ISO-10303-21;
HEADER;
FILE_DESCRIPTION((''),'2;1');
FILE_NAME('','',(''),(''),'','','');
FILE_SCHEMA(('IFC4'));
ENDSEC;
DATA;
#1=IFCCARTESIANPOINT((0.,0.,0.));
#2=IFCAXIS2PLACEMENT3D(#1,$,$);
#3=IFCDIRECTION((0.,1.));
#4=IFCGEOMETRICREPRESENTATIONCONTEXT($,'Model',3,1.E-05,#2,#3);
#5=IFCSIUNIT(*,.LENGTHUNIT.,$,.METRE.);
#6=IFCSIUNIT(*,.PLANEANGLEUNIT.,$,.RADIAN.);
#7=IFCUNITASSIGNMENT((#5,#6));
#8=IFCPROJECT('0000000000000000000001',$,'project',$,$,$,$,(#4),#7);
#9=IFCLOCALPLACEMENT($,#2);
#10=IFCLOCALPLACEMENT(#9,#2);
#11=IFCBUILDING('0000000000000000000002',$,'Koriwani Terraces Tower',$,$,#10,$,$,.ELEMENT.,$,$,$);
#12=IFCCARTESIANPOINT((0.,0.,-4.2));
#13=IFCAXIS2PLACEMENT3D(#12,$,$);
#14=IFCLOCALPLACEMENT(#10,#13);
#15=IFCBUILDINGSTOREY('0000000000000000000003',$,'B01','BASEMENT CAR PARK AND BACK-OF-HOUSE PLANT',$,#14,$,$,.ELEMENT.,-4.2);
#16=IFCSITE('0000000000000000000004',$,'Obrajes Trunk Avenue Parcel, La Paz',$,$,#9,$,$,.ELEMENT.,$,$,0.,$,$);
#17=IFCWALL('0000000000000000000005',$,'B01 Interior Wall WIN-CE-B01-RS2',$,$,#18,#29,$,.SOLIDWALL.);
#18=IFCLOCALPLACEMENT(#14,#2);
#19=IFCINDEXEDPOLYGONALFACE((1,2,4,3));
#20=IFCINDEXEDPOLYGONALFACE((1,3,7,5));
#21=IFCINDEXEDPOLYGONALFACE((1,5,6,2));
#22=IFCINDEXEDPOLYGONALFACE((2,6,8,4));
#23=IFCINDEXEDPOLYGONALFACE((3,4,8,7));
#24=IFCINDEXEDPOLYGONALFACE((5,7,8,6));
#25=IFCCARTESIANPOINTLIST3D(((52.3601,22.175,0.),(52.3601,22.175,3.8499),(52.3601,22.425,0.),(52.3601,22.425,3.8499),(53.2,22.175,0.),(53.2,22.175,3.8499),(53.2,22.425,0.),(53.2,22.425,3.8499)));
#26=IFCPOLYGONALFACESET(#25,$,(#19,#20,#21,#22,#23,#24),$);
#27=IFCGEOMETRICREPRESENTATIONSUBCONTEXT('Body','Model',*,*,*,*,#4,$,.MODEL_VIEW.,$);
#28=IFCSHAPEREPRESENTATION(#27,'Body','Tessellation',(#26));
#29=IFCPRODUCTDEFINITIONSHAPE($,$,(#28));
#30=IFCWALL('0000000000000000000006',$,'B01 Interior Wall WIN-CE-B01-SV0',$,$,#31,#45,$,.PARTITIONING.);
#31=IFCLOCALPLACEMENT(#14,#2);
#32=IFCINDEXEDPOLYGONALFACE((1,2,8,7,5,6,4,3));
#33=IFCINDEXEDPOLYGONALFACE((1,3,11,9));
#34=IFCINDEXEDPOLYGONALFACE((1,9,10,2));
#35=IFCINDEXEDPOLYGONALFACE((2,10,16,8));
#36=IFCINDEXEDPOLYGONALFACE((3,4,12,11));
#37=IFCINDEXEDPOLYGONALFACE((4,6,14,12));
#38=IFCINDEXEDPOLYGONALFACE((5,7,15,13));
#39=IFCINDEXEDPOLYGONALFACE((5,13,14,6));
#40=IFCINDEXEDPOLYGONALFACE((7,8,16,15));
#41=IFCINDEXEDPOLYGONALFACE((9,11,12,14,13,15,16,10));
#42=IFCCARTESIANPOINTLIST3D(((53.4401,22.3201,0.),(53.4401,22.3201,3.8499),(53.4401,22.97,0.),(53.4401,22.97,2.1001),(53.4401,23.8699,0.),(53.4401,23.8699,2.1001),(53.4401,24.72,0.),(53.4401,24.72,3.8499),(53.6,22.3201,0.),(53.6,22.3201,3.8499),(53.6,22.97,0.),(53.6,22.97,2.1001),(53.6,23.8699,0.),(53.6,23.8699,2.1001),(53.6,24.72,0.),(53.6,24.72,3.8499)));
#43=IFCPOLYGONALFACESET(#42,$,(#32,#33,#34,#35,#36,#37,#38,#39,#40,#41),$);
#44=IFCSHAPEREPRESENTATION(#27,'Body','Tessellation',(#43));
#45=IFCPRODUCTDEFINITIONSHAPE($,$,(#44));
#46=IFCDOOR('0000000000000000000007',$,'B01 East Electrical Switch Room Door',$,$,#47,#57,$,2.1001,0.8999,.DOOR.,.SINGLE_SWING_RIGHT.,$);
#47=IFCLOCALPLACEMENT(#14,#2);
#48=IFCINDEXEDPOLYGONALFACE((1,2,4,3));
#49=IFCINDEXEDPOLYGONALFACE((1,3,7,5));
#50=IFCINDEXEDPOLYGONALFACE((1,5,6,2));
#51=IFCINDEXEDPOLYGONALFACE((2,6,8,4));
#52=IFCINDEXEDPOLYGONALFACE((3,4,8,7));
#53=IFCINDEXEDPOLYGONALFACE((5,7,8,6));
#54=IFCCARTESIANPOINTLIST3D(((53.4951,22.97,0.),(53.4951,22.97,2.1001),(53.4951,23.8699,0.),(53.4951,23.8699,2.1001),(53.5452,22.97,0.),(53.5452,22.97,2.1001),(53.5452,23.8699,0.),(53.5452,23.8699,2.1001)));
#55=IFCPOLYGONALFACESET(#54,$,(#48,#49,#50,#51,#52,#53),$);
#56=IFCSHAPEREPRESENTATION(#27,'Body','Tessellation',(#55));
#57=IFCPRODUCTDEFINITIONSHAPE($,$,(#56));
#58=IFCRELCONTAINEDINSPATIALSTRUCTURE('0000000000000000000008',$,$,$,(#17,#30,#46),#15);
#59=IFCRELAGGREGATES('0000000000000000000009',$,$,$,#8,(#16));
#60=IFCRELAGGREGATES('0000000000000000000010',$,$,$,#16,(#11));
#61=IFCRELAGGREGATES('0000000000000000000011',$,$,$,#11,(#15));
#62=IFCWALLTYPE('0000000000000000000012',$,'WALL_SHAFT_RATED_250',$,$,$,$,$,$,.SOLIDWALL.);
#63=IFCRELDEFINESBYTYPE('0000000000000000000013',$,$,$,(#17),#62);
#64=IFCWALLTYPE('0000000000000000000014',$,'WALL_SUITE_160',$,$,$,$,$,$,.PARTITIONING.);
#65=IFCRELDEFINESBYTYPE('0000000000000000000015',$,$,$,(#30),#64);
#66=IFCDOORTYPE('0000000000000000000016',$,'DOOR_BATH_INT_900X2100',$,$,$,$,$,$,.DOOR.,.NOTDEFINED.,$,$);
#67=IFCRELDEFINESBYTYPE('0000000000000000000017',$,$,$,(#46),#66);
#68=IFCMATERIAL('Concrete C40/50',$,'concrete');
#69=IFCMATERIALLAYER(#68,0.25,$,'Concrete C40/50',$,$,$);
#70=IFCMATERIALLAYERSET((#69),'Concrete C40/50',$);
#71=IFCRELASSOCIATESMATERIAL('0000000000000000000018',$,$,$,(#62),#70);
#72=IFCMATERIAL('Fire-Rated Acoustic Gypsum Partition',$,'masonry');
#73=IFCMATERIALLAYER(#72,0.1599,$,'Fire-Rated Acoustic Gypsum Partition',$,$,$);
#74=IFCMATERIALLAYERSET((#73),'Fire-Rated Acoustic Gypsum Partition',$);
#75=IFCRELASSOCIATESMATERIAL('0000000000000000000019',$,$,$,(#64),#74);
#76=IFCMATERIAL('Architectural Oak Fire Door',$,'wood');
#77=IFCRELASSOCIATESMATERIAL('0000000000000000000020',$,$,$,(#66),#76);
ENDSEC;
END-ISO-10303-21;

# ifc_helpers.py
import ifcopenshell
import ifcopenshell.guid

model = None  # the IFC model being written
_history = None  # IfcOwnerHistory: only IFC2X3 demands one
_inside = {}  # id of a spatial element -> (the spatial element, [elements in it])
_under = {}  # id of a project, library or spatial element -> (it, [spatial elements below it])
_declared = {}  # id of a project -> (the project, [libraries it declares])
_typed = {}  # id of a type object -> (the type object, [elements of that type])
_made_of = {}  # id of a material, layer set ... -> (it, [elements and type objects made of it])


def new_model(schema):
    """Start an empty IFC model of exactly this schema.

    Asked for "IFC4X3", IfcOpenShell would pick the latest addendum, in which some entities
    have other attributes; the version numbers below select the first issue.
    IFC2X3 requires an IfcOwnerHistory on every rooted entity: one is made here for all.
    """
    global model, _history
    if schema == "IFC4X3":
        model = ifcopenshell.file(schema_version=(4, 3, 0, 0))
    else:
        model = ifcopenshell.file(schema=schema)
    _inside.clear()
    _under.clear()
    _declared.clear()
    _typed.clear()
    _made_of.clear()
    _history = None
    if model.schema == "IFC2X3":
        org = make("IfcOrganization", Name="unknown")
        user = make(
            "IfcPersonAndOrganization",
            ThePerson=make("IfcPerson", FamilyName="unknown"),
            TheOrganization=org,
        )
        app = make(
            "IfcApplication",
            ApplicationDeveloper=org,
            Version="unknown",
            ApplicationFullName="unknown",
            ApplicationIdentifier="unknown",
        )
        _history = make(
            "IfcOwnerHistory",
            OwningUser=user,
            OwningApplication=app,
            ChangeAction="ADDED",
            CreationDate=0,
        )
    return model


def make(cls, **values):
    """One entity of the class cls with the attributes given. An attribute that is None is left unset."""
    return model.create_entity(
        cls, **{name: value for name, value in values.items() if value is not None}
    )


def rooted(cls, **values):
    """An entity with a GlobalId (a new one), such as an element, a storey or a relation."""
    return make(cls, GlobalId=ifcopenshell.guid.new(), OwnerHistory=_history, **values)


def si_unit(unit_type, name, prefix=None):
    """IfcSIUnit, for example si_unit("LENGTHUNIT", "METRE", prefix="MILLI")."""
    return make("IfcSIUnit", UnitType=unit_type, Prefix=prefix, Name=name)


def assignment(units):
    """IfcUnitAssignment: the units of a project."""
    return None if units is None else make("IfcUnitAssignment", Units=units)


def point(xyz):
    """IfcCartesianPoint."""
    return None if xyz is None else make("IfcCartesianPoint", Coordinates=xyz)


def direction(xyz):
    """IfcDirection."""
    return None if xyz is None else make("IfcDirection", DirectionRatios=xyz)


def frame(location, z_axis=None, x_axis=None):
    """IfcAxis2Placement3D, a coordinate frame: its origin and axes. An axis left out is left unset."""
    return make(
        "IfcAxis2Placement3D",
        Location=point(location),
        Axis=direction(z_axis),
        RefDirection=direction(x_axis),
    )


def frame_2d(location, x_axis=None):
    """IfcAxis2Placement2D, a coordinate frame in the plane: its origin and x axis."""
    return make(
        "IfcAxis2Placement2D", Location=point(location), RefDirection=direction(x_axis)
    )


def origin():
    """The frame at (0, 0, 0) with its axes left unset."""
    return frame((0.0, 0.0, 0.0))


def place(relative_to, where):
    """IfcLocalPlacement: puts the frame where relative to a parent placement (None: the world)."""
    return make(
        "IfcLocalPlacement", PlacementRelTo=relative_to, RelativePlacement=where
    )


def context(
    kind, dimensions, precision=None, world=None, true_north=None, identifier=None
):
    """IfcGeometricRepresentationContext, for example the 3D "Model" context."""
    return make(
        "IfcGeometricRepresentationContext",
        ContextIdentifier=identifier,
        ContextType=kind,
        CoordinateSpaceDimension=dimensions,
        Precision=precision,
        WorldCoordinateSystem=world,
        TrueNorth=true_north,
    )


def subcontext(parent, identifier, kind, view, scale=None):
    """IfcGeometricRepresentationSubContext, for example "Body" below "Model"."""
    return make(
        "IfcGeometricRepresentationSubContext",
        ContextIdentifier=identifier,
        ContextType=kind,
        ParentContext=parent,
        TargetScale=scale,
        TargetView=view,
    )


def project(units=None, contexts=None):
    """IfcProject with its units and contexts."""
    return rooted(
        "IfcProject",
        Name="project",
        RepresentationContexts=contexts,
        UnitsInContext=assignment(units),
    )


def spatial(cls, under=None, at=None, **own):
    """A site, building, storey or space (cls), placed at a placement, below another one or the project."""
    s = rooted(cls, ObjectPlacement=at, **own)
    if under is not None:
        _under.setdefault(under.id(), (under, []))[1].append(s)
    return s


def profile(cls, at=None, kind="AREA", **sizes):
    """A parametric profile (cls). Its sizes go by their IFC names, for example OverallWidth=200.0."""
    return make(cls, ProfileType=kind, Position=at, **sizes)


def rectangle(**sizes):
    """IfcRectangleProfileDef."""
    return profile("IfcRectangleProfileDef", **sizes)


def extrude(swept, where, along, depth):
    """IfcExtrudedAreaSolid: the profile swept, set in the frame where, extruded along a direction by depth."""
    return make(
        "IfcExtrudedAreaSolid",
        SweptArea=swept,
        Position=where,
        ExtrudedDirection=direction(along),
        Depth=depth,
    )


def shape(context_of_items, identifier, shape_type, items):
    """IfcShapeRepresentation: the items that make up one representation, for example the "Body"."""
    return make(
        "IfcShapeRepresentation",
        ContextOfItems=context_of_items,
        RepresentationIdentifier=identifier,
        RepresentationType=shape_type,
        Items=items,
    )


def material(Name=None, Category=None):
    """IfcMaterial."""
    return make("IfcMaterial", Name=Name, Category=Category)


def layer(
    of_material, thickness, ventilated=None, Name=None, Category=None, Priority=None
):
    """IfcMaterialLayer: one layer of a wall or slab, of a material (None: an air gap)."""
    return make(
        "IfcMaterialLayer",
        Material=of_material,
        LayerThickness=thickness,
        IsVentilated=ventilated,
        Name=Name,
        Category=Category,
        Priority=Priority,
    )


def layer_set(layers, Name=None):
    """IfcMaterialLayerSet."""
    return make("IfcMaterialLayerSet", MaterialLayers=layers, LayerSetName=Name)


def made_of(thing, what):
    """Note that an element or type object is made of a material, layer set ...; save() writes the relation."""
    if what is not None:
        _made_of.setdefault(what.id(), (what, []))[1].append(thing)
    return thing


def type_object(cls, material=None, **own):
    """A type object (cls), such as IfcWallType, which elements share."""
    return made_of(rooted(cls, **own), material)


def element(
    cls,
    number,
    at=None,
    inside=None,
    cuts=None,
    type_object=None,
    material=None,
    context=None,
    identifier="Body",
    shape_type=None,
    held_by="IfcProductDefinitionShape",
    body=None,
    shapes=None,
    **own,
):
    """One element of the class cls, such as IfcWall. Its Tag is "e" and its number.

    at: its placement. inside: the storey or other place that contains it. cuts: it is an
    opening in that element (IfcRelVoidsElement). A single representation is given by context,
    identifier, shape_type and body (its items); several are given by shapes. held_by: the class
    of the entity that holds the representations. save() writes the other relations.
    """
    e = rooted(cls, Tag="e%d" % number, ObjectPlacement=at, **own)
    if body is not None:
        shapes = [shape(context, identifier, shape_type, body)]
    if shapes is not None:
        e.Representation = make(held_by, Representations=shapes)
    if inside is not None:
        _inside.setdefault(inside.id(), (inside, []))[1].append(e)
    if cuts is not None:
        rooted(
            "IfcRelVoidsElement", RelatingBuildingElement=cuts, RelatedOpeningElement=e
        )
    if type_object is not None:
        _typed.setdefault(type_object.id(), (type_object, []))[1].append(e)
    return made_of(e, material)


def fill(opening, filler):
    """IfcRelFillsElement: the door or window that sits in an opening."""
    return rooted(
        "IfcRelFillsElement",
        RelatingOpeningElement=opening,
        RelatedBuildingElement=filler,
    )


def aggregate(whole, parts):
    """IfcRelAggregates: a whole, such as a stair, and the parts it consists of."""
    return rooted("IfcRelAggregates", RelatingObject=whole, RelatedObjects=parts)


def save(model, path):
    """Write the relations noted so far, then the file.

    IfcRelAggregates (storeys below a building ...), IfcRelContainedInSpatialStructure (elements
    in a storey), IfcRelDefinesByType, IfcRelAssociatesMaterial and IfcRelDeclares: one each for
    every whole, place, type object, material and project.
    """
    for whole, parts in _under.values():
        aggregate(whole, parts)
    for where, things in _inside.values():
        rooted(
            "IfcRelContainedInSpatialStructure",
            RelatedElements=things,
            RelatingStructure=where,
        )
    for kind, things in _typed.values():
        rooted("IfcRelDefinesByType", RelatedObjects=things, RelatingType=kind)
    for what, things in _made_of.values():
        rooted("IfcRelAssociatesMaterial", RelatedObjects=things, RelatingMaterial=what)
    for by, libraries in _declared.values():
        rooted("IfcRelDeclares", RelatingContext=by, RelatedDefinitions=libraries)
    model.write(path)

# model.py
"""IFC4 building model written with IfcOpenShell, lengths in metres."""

from ifc_helpers import new_model, si_unit, direction, frame, frame_2d, origin, place, context, subcontext, project, spatial, rectangle, extrude, material, layer, layer_set, type_object, element, fill, save


model = new_model("IFC4")

# Units and contexts
model_context = context("Model", 3, precision=1e-05, world=origin(), true_north=direction((0.0, 1.0)))
body_context = subcontext(model_context, "Body", "Model", "MODEL_VIEW")
ifc_project = project(units=[si_unit("LENGTHUNIT", "METRE"), si_unit("PLANEANGLEUNIT", "RADIAN")], contexts=[model_context])

# Site, building, storey
site_placement = place(None, origin())
site = spatial("IfcSite", under=ifc_project, at=site_placement, Name="Obrajes Trunk Avenue Parcel, La Paz", CompositionType="ELEMENT", RefElevation=0.0)
building_placement = place(site_placement, origin())
building = spatial("IfcBuilding", under=site, at=building_placement, Name="Koriwani Terraces Tower", CompositionType="ELEMENT")
storey_placement = place(building_placement, frame((0.0, 0.0, -4.2)))
storey = spatial("IfcBuildingStorey", under=building, at=storey_placement, Name="B01", Description="BASEMENT CAR PARK AND BACK-OF-HOUSE PLANT", CompositionType="ELEMENT", Elevation=-4.2)

# Shared definitions
ifc_material_1 = material(Name="Concrete C40/50", Category="concrete")
ifc_layer_1 = layer(ifc_material_1, 0.25, Name="Concrete C40/50")
ifc_layer_set_1 = layer_set([ifc_layer_1], Name="Concrete C40/50")
wall_type_1 = type_object("IfcWallType", Name="WALL_SHAFT_RATED_250", PredefinedType="SOLIDWALL", material=ifc_layer_set_1)

# Wall
wall_1_placement = place(storey_placement, frame((52.3601, 22.3, 0.0), z_axis=(0.0, 0.0, 1.0), x_axis=(1.0, 0.0, 0.0)))
element("IfcWall", 1, at=wall_1_placement, inside=storey, type_object=wall_type_1, Name="B01 Interior Wall WIN-CE-B01-RS2", PredefinedType="SOLIDWALL", context=body_context, shape_type="SweptSolid", body=[
    extrude(rectangle(XDim=0.8398, YDim=0.25, at=frame_2d((0.4199, 0.0))), origin(), (0.0, 0.0, 1.0), 3.8499),
])

# Wall, opening, door
ifc_material_2 = material(Name="Fire-Rated Acoustic Gypsum Partition", Category="masonry")
ifc_layer_2 = layer(ifc_material_2, 0.1599, Name="Fire-Rated Acoustic Gypsum Partition")
ifc_layer_set_2 = layer_set([ifc_layer_2], Name="Fire-Rated Acoustic Gypsum Partition")
wall_type_2 = type_object("IfcWallType", Name="WALL_SUITE_160", PredefinedType="PARTITIONING", material=ifc_layer_set_2)
wall_2_placement = place(storey_placement, frame((53.52, 22.3201, 0.0), z_axis=(0.0, 0.0, 1.0), x_axis=(0.0, 1.0, 0.0)))
wall_2 = element("IfcWall", 2, at=wall_2_placement, inside=storey, type_object=wall_type_2, Name="B01 Interior Wall WIN-CE-B01-SV0", PredefinedType="PARTITIONING", context=body_context, shape_type="SweptSolid", body=[
    extrude(rectangle(XDim=2.3999, YDim=0.1599, at=frame_2d((1.2, 0.0))), origin(), (0.0, 0.0, 1.0), 3.8499),
])
opening_1_placement = place(wall_2_placement, frame((0.6499, 0.0, 0.0)))
opening_1 = element("IfcOpeningElement", 3, at=opening_1_placement, cuts=wall_2, PredefinedType="OPENING", context=body_context, shape_type="SweptSolid", body=[
    extrude(rectangle(XDim=0.8999, YDim=2.1001, at=frame_2d((0.45, 1.05))), frame((0.0, 0.0898, 0.0), z_axis=(0.0, -1.0, 0.0), x_axis=(1.0, 0.0, 0.0)), (0.0, 0.0, 1.0), 0.1799),
])
ifc_material_3 = material(Name="Architectural Oak Fire Door", Category="wood")
door_type_1 = type_object("IfcDoorType", Name="DOOR_BATH_INT_900X2100", OperationType="NOTDEFINED", PredefinedType="DOOR", material=ifc_material_3)
door_1_placement = place(opening_1_placement, origin())
door_1 = element("IfcDoor", 4, at=door_1_placement, inside=storey, type_object=door_type_1, Name="B01 East Electrical Switch Room Door", OperationType="SINGLE_SWING_RIGHT", OverallHeight=2.1001, OverallWidth=0.8999, PredefinedType="DOOR", context=body_context, shape_type="SweptSolid", body=[
    extrude(rectangle(XDim=0.8999, YDim=2.1001, at=frame_2d((0.45, 1.05))), frame((0.0, 0.0249, 0.0), z_axis=(0.0, -1.0, 0.0), x_axis=(1.0, 0.0, 0.0)), (0.0, 0.0, 1.0), 0.05),
])
fill(opening_1, door_1)

save(model, "model.ifc")
